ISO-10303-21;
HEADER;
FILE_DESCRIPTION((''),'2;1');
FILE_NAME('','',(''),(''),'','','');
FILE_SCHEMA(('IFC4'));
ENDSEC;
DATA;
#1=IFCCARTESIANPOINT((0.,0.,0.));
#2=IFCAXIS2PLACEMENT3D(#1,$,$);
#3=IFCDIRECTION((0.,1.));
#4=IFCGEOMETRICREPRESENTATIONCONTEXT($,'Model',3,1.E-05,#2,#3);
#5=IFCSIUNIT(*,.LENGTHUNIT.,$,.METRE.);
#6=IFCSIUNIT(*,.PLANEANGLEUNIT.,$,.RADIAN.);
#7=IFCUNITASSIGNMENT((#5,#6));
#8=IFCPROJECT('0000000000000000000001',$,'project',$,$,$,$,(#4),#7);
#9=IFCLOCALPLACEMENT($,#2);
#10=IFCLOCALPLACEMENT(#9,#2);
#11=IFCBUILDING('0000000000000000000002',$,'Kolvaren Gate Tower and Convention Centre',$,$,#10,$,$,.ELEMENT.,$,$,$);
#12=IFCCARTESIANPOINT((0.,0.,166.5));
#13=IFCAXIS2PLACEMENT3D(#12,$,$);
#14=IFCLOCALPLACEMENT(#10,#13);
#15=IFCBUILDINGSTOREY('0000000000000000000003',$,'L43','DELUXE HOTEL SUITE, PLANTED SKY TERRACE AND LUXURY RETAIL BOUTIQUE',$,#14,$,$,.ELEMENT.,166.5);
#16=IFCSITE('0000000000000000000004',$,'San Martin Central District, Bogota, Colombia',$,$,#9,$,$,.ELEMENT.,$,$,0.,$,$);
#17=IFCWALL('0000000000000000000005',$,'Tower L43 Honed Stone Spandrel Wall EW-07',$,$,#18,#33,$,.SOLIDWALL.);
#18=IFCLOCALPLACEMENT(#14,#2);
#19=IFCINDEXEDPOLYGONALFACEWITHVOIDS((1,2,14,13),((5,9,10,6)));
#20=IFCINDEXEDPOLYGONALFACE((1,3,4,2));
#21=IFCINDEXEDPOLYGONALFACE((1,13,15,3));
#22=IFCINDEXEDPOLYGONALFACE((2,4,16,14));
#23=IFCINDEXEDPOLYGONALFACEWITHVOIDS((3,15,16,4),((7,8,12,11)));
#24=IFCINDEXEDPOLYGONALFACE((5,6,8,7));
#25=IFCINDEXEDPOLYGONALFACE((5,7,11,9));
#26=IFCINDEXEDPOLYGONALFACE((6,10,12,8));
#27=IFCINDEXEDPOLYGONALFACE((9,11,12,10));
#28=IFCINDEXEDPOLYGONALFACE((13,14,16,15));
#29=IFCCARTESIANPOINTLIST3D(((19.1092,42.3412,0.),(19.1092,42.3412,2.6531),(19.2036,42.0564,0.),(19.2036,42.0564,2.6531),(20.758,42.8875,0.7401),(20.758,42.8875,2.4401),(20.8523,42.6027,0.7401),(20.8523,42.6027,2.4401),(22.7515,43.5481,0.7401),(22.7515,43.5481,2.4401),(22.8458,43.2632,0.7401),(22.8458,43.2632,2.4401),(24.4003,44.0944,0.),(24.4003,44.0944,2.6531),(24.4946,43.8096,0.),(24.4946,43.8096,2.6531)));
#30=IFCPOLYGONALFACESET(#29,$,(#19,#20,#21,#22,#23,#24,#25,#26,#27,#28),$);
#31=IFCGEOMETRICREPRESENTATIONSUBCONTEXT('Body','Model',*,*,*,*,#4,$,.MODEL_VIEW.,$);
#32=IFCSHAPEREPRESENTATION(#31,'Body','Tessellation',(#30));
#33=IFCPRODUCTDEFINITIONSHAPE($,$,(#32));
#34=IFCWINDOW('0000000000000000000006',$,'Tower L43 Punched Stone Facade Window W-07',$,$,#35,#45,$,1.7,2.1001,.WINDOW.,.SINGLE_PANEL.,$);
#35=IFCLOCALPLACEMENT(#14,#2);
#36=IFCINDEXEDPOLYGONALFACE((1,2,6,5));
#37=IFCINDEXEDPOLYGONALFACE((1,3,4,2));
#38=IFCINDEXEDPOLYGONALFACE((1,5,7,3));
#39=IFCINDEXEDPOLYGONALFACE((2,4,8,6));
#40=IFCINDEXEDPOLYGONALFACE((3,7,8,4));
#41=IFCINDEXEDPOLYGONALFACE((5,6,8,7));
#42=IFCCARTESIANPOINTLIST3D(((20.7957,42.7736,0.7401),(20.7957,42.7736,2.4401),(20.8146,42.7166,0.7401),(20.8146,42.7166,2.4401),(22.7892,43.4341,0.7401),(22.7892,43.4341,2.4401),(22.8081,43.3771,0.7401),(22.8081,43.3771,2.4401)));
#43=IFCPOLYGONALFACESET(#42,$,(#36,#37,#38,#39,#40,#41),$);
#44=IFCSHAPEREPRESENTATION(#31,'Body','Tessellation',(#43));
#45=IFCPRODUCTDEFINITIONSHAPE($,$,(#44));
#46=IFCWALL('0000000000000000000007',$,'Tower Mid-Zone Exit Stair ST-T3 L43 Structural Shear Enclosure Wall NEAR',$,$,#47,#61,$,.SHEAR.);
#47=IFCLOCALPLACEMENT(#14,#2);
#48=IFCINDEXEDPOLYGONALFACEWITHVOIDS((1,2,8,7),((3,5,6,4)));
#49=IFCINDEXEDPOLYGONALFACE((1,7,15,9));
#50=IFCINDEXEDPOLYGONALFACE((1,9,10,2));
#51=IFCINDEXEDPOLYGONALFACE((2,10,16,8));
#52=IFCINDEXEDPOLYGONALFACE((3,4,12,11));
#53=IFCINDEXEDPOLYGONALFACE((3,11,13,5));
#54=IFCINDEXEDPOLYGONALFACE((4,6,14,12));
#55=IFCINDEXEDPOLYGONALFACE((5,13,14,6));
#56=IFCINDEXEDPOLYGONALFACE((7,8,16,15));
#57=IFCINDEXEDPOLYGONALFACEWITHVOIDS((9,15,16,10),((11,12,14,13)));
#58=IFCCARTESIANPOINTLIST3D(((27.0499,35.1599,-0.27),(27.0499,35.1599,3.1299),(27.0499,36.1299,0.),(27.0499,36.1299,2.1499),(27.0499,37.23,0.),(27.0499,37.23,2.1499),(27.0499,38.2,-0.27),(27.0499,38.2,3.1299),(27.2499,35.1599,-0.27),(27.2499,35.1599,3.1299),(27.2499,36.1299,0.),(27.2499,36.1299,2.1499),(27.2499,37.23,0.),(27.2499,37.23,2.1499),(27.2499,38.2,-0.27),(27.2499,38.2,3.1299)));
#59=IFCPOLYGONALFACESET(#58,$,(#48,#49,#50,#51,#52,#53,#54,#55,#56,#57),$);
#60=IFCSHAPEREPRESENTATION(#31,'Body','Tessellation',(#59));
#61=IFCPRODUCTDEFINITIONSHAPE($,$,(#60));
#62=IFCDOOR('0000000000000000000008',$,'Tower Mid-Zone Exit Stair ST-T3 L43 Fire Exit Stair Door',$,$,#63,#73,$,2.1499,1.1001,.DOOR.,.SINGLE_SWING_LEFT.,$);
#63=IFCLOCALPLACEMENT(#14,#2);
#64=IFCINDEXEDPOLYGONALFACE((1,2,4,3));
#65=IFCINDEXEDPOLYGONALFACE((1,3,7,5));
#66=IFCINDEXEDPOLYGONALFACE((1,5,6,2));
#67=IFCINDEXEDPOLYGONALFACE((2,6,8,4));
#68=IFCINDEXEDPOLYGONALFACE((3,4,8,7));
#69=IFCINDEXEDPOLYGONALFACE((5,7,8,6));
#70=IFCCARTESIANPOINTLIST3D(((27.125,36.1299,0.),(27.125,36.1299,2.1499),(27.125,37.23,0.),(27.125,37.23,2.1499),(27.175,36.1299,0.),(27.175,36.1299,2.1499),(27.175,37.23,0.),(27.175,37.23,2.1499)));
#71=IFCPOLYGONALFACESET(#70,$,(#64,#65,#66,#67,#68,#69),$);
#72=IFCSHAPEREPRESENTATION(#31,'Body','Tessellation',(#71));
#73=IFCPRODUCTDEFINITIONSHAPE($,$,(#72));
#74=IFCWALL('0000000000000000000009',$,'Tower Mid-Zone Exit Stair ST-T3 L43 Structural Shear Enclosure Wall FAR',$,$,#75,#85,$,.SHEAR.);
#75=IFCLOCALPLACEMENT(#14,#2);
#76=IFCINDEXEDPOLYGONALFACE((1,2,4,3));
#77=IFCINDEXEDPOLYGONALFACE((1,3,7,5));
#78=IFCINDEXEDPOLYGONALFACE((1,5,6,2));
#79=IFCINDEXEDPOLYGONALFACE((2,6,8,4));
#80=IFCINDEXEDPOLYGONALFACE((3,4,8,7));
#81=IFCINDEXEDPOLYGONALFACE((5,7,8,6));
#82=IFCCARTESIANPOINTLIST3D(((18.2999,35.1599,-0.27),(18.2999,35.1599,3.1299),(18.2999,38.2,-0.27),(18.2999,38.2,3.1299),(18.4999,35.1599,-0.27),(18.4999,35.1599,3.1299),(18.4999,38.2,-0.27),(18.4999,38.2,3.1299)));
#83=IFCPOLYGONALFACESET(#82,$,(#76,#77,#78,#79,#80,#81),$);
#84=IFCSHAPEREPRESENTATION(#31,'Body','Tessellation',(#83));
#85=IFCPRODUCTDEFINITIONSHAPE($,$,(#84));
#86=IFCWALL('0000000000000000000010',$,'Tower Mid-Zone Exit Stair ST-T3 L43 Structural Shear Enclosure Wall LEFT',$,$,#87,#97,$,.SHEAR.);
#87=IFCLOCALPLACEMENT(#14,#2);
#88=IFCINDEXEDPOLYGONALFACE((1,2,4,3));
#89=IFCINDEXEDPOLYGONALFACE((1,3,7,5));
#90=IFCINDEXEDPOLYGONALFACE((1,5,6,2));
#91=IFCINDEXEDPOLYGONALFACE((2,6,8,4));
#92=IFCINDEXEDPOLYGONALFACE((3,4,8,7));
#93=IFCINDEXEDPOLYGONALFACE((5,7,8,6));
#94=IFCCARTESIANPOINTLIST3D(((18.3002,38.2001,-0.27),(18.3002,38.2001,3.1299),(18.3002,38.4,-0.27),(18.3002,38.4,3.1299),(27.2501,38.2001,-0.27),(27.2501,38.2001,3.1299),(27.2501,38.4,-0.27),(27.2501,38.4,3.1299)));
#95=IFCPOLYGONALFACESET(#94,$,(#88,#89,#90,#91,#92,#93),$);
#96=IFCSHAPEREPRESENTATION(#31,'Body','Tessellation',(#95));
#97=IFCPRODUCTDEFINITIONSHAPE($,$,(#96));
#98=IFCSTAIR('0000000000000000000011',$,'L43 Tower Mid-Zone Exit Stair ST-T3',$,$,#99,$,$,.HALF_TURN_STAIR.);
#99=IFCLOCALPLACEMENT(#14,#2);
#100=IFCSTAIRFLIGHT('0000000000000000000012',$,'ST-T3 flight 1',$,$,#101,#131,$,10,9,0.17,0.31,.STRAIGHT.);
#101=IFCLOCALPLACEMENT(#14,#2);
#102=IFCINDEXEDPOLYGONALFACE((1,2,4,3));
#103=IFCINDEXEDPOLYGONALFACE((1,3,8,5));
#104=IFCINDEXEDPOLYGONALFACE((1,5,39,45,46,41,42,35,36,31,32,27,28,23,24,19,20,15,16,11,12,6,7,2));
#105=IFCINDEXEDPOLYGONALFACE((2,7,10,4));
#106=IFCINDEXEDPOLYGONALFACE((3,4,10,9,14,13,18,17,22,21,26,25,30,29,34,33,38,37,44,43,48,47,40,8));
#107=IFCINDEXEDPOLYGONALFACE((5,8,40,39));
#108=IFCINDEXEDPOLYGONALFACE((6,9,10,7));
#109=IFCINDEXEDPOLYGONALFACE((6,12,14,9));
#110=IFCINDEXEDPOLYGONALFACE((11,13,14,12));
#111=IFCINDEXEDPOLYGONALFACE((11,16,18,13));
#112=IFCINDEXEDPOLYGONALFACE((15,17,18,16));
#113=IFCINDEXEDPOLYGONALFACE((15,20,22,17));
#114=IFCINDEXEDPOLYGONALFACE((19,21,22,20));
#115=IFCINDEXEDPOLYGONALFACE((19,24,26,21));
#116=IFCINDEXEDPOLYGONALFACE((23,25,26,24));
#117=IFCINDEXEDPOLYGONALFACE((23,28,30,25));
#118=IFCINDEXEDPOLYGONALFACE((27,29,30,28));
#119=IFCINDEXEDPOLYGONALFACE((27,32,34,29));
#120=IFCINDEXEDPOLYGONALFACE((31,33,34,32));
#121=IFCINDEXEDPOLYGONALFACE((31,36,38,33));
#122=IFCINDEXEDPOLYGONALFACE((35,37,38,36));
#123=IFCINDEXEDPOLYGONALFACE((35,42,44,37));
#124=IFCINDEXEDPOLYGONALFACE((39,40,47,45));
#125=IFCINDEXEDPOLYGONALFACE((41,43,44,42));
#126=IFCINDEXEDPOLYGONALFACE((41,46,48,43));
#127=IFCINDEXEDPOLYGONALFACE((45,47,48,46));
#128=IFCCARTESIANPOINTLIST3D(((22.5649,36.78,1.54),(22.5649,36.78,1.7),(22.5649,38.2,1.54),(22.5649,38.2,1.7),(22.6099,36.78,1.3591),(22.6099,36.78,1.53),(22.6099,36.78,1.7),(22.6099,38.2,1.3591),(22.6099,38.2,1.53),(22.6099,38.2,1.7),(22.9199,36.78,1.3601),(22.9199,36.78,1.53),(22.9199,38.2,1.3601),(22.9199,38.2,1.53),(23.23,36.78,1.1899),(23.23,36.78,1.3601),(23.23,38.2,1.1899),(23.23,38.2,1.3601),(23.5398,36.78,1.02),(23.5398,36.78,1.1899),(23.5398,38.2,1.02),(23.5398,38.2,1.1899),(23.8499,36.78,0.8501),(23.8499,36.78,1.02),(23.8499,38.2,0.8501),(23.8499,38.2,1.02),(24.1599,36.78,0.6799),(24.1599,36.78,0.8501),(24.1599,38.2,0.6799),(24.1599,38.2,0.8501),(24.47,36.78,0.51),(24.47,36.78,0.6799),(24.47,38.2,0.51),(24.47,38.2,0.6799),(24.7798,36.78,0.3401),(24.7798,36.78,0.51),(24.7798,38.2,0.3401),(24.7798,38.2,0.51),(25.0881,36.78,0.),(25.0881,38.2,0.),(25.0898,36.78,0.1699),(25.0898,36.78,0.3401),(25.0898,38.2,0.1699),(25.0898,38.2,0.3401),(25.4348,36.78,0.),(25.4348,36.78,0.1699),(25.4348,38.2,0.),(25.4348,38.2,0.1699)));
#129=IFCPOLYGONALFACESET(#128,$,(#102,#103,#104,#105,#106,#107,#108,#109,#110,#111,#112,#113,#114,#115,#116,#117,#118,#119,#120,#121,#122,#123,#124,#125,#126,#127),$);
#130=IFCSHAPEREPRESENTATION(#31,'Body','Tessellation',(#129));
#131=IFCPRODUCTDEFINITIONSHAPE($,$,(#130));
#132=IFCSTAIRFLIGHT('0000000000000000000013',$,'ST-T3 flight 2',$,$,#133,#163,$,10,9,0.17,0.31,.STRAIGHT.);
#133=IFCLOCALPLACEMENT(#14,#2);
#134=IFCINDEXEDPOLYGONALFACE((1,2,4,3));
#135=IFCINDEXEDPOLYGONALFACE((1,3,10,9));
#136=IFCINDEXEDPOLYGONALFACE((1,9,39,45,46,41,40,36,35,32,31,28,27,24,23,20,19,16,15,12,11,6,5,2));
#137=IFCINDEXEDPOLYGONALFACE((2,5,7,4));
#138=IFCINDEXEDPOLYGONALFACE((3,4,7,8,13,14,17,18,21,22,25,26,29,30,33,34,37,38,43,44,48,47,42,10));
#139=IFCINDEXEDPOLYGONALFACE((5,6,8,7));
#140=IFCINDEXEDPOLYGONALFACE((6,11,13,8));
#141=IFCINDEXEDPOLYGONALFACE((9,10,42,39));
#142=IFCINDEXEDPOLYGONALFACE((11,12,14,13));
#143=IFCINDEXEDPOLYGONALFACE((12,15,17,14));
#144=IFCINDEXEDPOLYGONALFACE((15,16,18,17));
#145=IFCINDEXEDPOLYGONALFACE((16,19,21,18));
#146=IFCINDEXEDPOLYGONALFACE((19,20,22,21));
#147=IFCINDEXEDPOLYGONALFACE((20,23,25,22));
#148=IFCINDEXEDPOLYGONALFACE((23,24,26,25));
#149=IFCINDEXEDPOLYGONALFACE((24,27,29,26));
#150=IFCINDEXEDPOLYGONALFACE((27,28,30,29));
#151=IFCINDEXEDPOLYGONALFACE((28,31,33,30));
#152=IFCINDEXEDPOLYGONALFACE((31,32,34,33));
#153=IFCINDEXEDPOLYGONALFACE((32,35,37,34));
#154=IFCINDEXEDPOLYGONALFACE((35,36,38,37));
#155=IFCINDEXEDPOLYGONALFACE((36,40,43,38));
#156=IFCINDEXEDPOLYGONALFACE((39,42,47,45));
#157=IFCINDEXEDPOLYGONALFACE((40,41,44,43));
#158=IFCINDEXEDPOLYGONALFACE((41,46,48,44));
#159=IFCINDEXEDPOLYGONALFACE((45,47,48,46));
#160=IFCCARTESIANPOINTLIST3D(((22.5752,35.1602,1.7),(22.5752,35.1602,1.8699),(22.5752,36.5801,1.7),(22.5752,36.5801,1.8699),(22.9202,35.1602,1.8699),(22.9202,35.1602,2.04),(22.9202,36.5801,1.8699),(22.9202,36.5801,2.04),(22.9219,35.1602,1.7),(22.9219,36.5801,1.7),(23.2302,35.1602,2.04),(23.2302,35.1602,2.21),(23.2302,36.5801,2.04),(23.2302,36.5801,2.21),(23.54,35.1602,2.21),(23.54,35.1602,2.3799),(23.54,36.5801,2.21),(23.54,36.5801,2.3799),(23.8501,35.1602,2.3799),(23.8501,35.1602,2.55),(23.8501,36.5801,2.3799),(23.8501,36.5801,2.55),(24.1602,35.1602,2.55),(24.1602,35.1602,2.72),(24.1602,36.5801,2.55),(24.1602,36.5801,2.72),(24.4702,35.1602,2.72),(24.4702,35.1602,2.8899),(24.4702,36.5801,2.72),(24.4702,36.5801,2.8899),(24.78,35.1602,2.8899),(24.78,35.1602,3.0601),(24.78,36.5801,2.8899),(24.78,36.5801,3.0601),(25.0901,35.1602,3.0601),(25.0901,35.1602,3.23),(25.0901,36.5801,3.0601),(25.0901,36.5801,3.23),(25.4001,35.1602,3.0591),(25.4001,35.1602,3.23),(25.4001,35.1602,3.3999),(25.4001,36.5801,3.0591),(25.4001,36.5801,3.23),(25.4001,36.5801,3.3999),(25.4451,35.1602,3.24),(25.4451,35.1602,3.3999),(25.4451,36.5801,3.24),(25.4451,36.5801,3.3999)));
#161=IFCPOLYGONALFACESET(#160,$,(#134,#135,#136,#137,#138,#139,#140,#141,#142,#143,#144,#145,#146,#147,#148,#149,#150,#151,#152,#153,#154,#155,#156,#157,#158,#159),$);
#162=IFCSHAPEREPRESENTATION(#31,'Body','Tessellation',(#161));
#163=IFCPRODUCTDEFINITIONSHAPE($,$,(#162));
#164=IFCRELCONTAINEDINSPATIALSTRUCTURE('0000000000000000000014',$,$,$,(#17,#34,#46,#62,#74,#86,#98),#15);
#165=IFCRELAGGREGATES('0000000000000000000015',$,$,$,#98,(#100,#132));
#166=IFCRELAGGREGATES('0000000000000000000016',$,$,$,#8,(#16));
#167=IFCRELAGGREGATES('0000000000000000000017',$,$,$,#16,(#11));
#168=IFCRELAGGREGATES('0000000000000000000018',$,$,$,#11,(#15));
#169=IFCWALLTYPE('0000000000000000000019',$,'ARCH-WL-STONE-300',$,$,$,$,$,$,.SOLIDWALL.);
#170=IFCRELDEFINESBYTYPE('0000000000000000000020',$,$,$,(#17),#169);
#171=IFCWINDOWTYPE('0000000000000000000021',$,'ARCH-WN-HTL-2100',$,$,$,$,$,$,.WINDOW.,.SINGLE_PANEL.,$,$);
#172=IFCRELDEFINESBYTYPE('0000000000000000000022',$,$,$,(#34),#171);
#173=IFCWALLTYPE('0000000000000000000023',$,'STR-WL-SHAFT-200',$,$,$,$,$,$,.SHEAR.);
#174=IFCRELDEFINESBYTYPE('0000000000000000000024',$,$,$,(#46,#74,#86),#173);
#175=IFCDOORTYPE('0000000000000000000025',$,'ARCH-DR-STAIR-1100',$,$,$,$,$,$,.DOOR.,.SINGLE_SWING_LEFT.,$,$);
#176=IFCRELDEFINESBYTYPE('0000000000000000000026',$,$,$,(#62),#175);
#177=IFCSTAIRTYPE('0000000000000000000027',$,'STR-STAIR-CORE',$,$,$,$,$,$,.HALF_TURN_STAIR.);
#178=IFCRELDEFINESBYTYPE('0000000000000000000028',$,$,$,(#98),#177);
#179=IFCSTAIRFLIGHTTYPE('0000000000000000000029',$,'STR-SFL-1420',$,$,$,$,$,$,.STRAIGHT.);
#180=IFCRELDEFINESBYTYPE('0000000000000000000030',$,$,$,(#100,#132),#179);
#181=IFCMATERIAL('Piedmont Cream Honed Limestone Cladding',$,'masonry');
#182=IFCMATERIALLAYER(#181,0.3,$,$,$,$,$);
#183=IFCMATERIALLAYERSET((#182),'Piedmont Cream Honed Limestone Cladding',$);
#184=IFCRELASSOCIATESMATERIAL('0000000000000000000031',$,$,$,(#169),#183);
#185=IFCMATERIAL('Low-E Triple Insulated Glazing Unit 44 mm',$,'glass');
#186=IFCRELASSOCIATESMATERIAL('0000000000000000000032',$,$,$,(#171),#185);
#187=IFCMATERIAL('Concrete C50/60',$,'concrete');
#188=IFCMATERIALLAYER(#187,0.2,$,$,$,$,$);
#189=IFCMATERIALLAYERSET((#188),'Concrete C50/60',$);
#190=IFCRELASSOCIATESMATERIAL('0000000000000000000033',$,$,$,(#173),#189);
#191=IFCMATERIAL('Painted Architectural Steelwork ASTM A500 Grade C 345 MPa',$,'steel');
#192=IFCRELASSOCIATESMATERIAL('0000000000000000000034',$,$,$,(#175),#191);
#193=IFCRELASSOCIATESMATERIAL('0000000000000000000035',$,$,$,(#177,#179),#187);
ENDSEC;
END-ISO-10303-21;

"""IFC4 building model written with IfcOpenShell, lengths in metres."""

from ifc_helpers import new_model, si_unit, direction, frame, frame_2d, origin, place, context, subcontext, project, spatial, polyline, rectangle, outline, extrude, material, layer, layer_set, type_object, element, fill, aggregate, save


model = new_model("IFC4")

# Units and contexts
model_context = context("Model", 3, precision=1e-05, world=origin(), true_north=direction((0.0, 1.0)))
body_context = subcontext(model_context, "Body", "Model", "MODEL_VIEW")
ifc_project = project(units=[si_unit("LENGTHUNIT", "METRE"), si_unit("PLANEANGLEUNIT", "RADIAN")], contexts=[model_context])

# Site, building, storey
site_placement = place(None, origin())
site = spatial("IfcSite", under=ifc_project, at=site_placement, Name="San Martin Central District, Bogota, Colombia", CompositionType="ELEMENT", RefElevation=0.0)
building_placement = place(site_placement, origin())
building = spatial("IfcBuilding", under=site, at=building_placement, Name="Kolvaren Gate Tower and Convention Centre", CompositionType="ELEMENT")
storey_placement = place(building_placement, frame((0.0, 0.0, 166.5)))
storey = spatial("IfcBuildingStorey", under=building, at=storey_placement, Name="L43", Description="DELUXE HOTEL SUITE, PLANTED SKY TERRACE AND LUXURY RETAIL BOUTIQUE", CompositionType="ELEMENT", Elevation=166.5)

# Wall, opening, window
ifc_material_1 = material(Name="Piedmont Cream Honed Limestone Cladding", Category="masonry")
ifc_layer_1 = layer(ifc_material_1, 0.3)
ifc_layer_set_1 = layer_set([ifc_layer_1], Name="Piedmont Cream Honed Limestone Cladding")
wall_type_1 = type_object("IfcWallType", Name="ARCH-WL-STONE-300", PredefinedType="SOLIDWALL", material=ifc_layer_set_1)
ifc_material_2 = material(Name="Low-E Triple Insulated Glazing Unit 44 mm", Category="glass")
window_type = type_object("IfcWindowType", Name="ARCH-WN-HTL-2100", PartitioningType="SINGLE_PANEL", PredefinedType="WINDOW", material=ifc_material_2)
wall_1_placement = place(storey_placement, frame((19.1562, 42.1987, 0.0), z_axis=(0.0, 0.0, 1.0), x_axis=(0.949247, 0.314532, 0.0)))
wall_1 = element("IfcWall", 1, at=wall_1_placement, inside=storey, type_object=wall_type_1, Name="Tower L43 Honed Stone Spandrel Wall EW-07", PredefinedType="SOLIDWALL", context=body_context, shape_type="SweptSolid", body=[
    extrude(rectangle(XDim=5.574, YDim=0.3, at=frame_2d((2.7871, 0.0))), origin(), (0.0, 0.0, 1.0), 2.6531),
])
opening_1_placement = place(wall_1_placement, frame((1.7371, 0.0, 0.74)))
opening_1 = element("IfcOpeningElement", 2, at=opening_1_placement, cuts=wall_1, PredefinedType="OPENING", context=body_context, shape_type="SweptSolid", body=[
    extrude(rectangle(XDim=2.1001, YDim=1.7, at=frame_2d((1.05, 0.8501))), frame((0.0, 0.1599, 0.0), z_axis=(0.0, -1.0, 0.0), x_axis=(1.0, 0.0, 0.0)), (0.0, 0.0, 1.0), 0.3201),
])
window_1_placement = place(opening_1_placement, origin())
window_1 = element("IfcWindow", 3, at=window_1_placement, inside=storey, type_object=window_type, Name="Tower L43 Punched Stone Facade Window W-07", OverallHeight=1.7, OverallWidth=2.1001, PartitioningType="SINGLE_PANEL", PredefinedType="WINDOW", context=body_context, shape_type="SweptSolid", body=[
    extrude(rectangle(XDim=2.1001, YDim=1.7, at=frame_2d((1.05, 0.8501))), frame((0.0, 0.03, 0.0), z_axis=(0.0, -1.0, 0.0), x_axis=(1.0, 0.0, 0.0)), (0.0, 0.0, 1.0), 0.0601),
])
fill(opening_1, window_1)

# Wall, opening, door
ifc_material_3 = material(Name="Concrete C50/60", Category="concrete")
ifc_layer_2 = layer(ifc_material_3, 0.2)
ifc_layer_set_2 = layer_set([ifc_layer_2], Name="Concrete C50/60")
wall_type_2 = type_object("IfcWallType", Name="STR-WL-SHAFT-200", PredefinedType="SHEAR", material=ifc_layer_set_2)
wall_2_placement = place(storey_placement, frame((27.1499, 35.1599, -0.27), z_axis=(0.0, 0.0, 1.0), x_axis=(0.0, 1.0, 0.0)))
wall_2 = element("IfcWall", 4, at=wall_2_placement, inside=storey, type_object=wall_type_2, Name="Tower Mid-Zone Exit Stair ST-T3 L43 Structural Shear Enclosure Wall NEAR", PredefinedType="SHEAR", context=body_context, shape_type="SweptSolid", body=[
    extrude(rectangle(XDim=3.04, YDim=0.2, at=frame_2d((1.52, 0.0))), origin(), (0.0, 0.0, 1.0), 3.3999),
])
opening_2_placement = place(wall_2_placement, frame((0.97, 0.0, 0.27)))
opening_2 = element("IfcOpeningElement", 5, at=opening_2_placement, cuts=wall_2, PredefinedType="OPENING", context=body_context, shape_type="SweptSolid", body=[
    extrude(rectangle(XDim=1.1001, YDim=2.1499, at=frame_2d((0.55, 1.075))), frame((0.0, 0.1099, 0.0), z_axis=(0.0, -1.0, 0.0), x_axis=(1.0, 0.0, 0.0)), (0.0, 0.0, 1.0), 0.22),
])
ifc_material_4 = material(Name="Painted Architectural Steelwork ASTM A500 Grade C 345 MPa", Category="steel")
door_type = type_object("IfcDoorType", Name="ARCH-DR-STAIR-1100", OperationType="SINGLE_SWING_LEFT", PredefinedType="DOOR", material=ifc_material_4)
door_placement = place(opening_2_placement, origin())
door = element("IfcDoor", 6, at=door_placement, inside=storey, type_object=door_type, Name="Tower Mid-Zone Exit Stair ST-T3 L43 Fire Exit Stair Door", OperationType="SINGLE_SWING_LEFT", OverallHeight=2.1499, OverallWidth=1.1001, PredefinedType="DOOR", context=body_context, shape_type="SweptSolid", body=[
    extrude(rectangle(XDim=1.1001, YDim=2.1499, at=frame_2d((0.55, 1.075))), frame((0.0, 0.0249, 0.0), z_axis=(0.0, -1.0, 0.0), x_axis=(1.0, 0.0, 0.0)), (0.0, 0.0, 1.0), 0.05),
])
fill(opening_2, door)

# Walls
wall_3_placement = place(storey_placement, frame((18.3999, 35.1599, -0.27), z_axis=(0.0, 0.0, 1.0), x_axis=(0.0, 1.0, 0.0)))
element("IfcWall", 7, at=wall_3_placement, inside=storey, type_object=wall_type_2, Name="Tower Mid-Zone Exit Stair ST-T3 L43 Structural Shear Enclosure Wall FAR", PredefinedType="SHEAR", context=body_context, shape_type="SweptSolid", body=[
    extrude(rectangle(XDim=3.04, YDim=0.2, at=frame_2d((1.52, 0.0))), origin(), (0.0, 0.0, 1.0), 3.3999),
])
wall_4_placement = place(storey_placement, frame((18.3, 38.3, -0.27), z_axis=(0.0, 0.0, 1.0), x_axis=(1.0, 0.0, 0.0)))
element("IfcWall", 8, at=wall_4_placement, inside=storey, type_object=wall_type_2, Name="Tower Mid-Zone Exit Stair ST-T3 L43 Structural Shear Enclosure Wall LEFT", PredefinedType="SHEAR", context=body_context, shape_type="SweptSolid", body=[
    extrude(rectangle(XDim=8.95, YDim=0.2, at=frame_2d((4.4751, 0.0))), origin(), (0.0, 0.0, 1.0), 3.3999),
])

# Stair, stair flights
stair_type = type_object("IfcStairType", Name="STR-STAIR-CORE", PredefinedType="HALF_TURN_STAIR", material=ifc_material_3)
stair_placement = place(storey_placement, origin())
stair = element("IfcStair", 9, at=stair_placement, inside=storey, type_object=stair_type, Name="L43 Tower Mid-Zone Exit Stair ST-T3", PredefinedType="HALF_TURN_STAIR")
stair_flight_type = type_object("IfcStairFlightType", Name="STR-SFL-1420", PredefinedType="STRAIGHT", material=ifc_material_3)
stair_flight_1_placement = place(storey_placement, frame((25.3999, 37.49, 0.0), z_axis=(0.0, 0.0, 1.0), x_axis=(-1.0, 0.0, 0.0)))
stair_flight_1 = element("IfcStairFlight", 10, at=stair_flight_1_placement, type_object=stair_flight_type, Name="ST-T3 flight 1", NumberOfRisers=10, NumberOfTreads=9, PredefinedType="STRAIGHT", RiserHeight=0.17, TreadLength=0.31, context=body_context, shape_type="SweptSolid", body=[
    extrude(outline(polyline([(-0.0349, 0.0), (-0.0349, 0.1699), (0.3101, 0.1699), (0.3101, 0.3401), (0.6201, 0.3401), (0.6201, 0.51), (0.9299, 0.51), (0.9299, 0.6799), (1.24, 0.6799), (1.24, 0.8501), (1.55, 0.8501), (1.55, 1.02), (1.8601, 1.02), (1.8601, 1.1899), (2.1699, 1.1899), (2.1699, 1.3601), (2.48, 1.3601), (2.48, 1.53), (2.79, 1.53), (2.79, 1.7), (2.835, 1.7), (2.835, 1.54), (2.79, 1.3591), (0.3118, 0.0), (-0.0349, 0.0)])), frame((0.0, 0.71, 0.0), z_axis=(0.0, -1.0, 0.0), x_axis=(1.0, 0.0, 0.0)), (0.0, 0.0, 1.0), 1.4199),
])
stair_flight_2_placement = place(storey_placement, frame((22.6101, 35.8701, 1.7), z_axis=(0.0, 0.0, 1.0), x_axis=(1.0, 0.0, 0.0)))
stair_flight_2 = element("IfcStairFlight", 11, at=stair_flight_2_placement, type_object=stair_flight_type, Name="ST-T3 flight 2", NumberOfRisers=10, NumberOfTreads=9, PredefinedType="STRAIGHT", RiserHeight=0.17, TreadLength=0.31, context=body_context, shape_type="SweptSolid", body=[
    extrude(outline(polyline([(-0.0349, 0.0), (-0.0349, 0.1699), (0.3101, 0.1699), (0.3101, 0.3401), (0.6201, 0.3401), (0.6201, 0.51), (0.9299, 0.51), (0.9299, 0.6799), (1.24, 0.6799), (1.24, 0.8501), (1.55, 0.8501), (1.55, 1.02), (1.8601, 1.02), (1.8601, 1.1899), (2.1699, 1.1899), (2.1699, 1.3601), (2.48, 1.3601), (2.48, 1.53), (2.79, 1.53), (2.79, 1.7), (2.835, 1.7), (2.835, 1.54), (2.79, 1.3591), (0.3118, 0.0), (-0.0349, 0.0)])), frame((0.0, 0.71, 0.0), z_axis=(0.0, -1.0, 0.0), x_axis=(1.0, 0.0, 0.0)), (0.0, 0.0, 1.0), 1.4199),
])
aggregate(stair, [stair_flight_1, stair_flight_2])

save(model, "model.ifc")
